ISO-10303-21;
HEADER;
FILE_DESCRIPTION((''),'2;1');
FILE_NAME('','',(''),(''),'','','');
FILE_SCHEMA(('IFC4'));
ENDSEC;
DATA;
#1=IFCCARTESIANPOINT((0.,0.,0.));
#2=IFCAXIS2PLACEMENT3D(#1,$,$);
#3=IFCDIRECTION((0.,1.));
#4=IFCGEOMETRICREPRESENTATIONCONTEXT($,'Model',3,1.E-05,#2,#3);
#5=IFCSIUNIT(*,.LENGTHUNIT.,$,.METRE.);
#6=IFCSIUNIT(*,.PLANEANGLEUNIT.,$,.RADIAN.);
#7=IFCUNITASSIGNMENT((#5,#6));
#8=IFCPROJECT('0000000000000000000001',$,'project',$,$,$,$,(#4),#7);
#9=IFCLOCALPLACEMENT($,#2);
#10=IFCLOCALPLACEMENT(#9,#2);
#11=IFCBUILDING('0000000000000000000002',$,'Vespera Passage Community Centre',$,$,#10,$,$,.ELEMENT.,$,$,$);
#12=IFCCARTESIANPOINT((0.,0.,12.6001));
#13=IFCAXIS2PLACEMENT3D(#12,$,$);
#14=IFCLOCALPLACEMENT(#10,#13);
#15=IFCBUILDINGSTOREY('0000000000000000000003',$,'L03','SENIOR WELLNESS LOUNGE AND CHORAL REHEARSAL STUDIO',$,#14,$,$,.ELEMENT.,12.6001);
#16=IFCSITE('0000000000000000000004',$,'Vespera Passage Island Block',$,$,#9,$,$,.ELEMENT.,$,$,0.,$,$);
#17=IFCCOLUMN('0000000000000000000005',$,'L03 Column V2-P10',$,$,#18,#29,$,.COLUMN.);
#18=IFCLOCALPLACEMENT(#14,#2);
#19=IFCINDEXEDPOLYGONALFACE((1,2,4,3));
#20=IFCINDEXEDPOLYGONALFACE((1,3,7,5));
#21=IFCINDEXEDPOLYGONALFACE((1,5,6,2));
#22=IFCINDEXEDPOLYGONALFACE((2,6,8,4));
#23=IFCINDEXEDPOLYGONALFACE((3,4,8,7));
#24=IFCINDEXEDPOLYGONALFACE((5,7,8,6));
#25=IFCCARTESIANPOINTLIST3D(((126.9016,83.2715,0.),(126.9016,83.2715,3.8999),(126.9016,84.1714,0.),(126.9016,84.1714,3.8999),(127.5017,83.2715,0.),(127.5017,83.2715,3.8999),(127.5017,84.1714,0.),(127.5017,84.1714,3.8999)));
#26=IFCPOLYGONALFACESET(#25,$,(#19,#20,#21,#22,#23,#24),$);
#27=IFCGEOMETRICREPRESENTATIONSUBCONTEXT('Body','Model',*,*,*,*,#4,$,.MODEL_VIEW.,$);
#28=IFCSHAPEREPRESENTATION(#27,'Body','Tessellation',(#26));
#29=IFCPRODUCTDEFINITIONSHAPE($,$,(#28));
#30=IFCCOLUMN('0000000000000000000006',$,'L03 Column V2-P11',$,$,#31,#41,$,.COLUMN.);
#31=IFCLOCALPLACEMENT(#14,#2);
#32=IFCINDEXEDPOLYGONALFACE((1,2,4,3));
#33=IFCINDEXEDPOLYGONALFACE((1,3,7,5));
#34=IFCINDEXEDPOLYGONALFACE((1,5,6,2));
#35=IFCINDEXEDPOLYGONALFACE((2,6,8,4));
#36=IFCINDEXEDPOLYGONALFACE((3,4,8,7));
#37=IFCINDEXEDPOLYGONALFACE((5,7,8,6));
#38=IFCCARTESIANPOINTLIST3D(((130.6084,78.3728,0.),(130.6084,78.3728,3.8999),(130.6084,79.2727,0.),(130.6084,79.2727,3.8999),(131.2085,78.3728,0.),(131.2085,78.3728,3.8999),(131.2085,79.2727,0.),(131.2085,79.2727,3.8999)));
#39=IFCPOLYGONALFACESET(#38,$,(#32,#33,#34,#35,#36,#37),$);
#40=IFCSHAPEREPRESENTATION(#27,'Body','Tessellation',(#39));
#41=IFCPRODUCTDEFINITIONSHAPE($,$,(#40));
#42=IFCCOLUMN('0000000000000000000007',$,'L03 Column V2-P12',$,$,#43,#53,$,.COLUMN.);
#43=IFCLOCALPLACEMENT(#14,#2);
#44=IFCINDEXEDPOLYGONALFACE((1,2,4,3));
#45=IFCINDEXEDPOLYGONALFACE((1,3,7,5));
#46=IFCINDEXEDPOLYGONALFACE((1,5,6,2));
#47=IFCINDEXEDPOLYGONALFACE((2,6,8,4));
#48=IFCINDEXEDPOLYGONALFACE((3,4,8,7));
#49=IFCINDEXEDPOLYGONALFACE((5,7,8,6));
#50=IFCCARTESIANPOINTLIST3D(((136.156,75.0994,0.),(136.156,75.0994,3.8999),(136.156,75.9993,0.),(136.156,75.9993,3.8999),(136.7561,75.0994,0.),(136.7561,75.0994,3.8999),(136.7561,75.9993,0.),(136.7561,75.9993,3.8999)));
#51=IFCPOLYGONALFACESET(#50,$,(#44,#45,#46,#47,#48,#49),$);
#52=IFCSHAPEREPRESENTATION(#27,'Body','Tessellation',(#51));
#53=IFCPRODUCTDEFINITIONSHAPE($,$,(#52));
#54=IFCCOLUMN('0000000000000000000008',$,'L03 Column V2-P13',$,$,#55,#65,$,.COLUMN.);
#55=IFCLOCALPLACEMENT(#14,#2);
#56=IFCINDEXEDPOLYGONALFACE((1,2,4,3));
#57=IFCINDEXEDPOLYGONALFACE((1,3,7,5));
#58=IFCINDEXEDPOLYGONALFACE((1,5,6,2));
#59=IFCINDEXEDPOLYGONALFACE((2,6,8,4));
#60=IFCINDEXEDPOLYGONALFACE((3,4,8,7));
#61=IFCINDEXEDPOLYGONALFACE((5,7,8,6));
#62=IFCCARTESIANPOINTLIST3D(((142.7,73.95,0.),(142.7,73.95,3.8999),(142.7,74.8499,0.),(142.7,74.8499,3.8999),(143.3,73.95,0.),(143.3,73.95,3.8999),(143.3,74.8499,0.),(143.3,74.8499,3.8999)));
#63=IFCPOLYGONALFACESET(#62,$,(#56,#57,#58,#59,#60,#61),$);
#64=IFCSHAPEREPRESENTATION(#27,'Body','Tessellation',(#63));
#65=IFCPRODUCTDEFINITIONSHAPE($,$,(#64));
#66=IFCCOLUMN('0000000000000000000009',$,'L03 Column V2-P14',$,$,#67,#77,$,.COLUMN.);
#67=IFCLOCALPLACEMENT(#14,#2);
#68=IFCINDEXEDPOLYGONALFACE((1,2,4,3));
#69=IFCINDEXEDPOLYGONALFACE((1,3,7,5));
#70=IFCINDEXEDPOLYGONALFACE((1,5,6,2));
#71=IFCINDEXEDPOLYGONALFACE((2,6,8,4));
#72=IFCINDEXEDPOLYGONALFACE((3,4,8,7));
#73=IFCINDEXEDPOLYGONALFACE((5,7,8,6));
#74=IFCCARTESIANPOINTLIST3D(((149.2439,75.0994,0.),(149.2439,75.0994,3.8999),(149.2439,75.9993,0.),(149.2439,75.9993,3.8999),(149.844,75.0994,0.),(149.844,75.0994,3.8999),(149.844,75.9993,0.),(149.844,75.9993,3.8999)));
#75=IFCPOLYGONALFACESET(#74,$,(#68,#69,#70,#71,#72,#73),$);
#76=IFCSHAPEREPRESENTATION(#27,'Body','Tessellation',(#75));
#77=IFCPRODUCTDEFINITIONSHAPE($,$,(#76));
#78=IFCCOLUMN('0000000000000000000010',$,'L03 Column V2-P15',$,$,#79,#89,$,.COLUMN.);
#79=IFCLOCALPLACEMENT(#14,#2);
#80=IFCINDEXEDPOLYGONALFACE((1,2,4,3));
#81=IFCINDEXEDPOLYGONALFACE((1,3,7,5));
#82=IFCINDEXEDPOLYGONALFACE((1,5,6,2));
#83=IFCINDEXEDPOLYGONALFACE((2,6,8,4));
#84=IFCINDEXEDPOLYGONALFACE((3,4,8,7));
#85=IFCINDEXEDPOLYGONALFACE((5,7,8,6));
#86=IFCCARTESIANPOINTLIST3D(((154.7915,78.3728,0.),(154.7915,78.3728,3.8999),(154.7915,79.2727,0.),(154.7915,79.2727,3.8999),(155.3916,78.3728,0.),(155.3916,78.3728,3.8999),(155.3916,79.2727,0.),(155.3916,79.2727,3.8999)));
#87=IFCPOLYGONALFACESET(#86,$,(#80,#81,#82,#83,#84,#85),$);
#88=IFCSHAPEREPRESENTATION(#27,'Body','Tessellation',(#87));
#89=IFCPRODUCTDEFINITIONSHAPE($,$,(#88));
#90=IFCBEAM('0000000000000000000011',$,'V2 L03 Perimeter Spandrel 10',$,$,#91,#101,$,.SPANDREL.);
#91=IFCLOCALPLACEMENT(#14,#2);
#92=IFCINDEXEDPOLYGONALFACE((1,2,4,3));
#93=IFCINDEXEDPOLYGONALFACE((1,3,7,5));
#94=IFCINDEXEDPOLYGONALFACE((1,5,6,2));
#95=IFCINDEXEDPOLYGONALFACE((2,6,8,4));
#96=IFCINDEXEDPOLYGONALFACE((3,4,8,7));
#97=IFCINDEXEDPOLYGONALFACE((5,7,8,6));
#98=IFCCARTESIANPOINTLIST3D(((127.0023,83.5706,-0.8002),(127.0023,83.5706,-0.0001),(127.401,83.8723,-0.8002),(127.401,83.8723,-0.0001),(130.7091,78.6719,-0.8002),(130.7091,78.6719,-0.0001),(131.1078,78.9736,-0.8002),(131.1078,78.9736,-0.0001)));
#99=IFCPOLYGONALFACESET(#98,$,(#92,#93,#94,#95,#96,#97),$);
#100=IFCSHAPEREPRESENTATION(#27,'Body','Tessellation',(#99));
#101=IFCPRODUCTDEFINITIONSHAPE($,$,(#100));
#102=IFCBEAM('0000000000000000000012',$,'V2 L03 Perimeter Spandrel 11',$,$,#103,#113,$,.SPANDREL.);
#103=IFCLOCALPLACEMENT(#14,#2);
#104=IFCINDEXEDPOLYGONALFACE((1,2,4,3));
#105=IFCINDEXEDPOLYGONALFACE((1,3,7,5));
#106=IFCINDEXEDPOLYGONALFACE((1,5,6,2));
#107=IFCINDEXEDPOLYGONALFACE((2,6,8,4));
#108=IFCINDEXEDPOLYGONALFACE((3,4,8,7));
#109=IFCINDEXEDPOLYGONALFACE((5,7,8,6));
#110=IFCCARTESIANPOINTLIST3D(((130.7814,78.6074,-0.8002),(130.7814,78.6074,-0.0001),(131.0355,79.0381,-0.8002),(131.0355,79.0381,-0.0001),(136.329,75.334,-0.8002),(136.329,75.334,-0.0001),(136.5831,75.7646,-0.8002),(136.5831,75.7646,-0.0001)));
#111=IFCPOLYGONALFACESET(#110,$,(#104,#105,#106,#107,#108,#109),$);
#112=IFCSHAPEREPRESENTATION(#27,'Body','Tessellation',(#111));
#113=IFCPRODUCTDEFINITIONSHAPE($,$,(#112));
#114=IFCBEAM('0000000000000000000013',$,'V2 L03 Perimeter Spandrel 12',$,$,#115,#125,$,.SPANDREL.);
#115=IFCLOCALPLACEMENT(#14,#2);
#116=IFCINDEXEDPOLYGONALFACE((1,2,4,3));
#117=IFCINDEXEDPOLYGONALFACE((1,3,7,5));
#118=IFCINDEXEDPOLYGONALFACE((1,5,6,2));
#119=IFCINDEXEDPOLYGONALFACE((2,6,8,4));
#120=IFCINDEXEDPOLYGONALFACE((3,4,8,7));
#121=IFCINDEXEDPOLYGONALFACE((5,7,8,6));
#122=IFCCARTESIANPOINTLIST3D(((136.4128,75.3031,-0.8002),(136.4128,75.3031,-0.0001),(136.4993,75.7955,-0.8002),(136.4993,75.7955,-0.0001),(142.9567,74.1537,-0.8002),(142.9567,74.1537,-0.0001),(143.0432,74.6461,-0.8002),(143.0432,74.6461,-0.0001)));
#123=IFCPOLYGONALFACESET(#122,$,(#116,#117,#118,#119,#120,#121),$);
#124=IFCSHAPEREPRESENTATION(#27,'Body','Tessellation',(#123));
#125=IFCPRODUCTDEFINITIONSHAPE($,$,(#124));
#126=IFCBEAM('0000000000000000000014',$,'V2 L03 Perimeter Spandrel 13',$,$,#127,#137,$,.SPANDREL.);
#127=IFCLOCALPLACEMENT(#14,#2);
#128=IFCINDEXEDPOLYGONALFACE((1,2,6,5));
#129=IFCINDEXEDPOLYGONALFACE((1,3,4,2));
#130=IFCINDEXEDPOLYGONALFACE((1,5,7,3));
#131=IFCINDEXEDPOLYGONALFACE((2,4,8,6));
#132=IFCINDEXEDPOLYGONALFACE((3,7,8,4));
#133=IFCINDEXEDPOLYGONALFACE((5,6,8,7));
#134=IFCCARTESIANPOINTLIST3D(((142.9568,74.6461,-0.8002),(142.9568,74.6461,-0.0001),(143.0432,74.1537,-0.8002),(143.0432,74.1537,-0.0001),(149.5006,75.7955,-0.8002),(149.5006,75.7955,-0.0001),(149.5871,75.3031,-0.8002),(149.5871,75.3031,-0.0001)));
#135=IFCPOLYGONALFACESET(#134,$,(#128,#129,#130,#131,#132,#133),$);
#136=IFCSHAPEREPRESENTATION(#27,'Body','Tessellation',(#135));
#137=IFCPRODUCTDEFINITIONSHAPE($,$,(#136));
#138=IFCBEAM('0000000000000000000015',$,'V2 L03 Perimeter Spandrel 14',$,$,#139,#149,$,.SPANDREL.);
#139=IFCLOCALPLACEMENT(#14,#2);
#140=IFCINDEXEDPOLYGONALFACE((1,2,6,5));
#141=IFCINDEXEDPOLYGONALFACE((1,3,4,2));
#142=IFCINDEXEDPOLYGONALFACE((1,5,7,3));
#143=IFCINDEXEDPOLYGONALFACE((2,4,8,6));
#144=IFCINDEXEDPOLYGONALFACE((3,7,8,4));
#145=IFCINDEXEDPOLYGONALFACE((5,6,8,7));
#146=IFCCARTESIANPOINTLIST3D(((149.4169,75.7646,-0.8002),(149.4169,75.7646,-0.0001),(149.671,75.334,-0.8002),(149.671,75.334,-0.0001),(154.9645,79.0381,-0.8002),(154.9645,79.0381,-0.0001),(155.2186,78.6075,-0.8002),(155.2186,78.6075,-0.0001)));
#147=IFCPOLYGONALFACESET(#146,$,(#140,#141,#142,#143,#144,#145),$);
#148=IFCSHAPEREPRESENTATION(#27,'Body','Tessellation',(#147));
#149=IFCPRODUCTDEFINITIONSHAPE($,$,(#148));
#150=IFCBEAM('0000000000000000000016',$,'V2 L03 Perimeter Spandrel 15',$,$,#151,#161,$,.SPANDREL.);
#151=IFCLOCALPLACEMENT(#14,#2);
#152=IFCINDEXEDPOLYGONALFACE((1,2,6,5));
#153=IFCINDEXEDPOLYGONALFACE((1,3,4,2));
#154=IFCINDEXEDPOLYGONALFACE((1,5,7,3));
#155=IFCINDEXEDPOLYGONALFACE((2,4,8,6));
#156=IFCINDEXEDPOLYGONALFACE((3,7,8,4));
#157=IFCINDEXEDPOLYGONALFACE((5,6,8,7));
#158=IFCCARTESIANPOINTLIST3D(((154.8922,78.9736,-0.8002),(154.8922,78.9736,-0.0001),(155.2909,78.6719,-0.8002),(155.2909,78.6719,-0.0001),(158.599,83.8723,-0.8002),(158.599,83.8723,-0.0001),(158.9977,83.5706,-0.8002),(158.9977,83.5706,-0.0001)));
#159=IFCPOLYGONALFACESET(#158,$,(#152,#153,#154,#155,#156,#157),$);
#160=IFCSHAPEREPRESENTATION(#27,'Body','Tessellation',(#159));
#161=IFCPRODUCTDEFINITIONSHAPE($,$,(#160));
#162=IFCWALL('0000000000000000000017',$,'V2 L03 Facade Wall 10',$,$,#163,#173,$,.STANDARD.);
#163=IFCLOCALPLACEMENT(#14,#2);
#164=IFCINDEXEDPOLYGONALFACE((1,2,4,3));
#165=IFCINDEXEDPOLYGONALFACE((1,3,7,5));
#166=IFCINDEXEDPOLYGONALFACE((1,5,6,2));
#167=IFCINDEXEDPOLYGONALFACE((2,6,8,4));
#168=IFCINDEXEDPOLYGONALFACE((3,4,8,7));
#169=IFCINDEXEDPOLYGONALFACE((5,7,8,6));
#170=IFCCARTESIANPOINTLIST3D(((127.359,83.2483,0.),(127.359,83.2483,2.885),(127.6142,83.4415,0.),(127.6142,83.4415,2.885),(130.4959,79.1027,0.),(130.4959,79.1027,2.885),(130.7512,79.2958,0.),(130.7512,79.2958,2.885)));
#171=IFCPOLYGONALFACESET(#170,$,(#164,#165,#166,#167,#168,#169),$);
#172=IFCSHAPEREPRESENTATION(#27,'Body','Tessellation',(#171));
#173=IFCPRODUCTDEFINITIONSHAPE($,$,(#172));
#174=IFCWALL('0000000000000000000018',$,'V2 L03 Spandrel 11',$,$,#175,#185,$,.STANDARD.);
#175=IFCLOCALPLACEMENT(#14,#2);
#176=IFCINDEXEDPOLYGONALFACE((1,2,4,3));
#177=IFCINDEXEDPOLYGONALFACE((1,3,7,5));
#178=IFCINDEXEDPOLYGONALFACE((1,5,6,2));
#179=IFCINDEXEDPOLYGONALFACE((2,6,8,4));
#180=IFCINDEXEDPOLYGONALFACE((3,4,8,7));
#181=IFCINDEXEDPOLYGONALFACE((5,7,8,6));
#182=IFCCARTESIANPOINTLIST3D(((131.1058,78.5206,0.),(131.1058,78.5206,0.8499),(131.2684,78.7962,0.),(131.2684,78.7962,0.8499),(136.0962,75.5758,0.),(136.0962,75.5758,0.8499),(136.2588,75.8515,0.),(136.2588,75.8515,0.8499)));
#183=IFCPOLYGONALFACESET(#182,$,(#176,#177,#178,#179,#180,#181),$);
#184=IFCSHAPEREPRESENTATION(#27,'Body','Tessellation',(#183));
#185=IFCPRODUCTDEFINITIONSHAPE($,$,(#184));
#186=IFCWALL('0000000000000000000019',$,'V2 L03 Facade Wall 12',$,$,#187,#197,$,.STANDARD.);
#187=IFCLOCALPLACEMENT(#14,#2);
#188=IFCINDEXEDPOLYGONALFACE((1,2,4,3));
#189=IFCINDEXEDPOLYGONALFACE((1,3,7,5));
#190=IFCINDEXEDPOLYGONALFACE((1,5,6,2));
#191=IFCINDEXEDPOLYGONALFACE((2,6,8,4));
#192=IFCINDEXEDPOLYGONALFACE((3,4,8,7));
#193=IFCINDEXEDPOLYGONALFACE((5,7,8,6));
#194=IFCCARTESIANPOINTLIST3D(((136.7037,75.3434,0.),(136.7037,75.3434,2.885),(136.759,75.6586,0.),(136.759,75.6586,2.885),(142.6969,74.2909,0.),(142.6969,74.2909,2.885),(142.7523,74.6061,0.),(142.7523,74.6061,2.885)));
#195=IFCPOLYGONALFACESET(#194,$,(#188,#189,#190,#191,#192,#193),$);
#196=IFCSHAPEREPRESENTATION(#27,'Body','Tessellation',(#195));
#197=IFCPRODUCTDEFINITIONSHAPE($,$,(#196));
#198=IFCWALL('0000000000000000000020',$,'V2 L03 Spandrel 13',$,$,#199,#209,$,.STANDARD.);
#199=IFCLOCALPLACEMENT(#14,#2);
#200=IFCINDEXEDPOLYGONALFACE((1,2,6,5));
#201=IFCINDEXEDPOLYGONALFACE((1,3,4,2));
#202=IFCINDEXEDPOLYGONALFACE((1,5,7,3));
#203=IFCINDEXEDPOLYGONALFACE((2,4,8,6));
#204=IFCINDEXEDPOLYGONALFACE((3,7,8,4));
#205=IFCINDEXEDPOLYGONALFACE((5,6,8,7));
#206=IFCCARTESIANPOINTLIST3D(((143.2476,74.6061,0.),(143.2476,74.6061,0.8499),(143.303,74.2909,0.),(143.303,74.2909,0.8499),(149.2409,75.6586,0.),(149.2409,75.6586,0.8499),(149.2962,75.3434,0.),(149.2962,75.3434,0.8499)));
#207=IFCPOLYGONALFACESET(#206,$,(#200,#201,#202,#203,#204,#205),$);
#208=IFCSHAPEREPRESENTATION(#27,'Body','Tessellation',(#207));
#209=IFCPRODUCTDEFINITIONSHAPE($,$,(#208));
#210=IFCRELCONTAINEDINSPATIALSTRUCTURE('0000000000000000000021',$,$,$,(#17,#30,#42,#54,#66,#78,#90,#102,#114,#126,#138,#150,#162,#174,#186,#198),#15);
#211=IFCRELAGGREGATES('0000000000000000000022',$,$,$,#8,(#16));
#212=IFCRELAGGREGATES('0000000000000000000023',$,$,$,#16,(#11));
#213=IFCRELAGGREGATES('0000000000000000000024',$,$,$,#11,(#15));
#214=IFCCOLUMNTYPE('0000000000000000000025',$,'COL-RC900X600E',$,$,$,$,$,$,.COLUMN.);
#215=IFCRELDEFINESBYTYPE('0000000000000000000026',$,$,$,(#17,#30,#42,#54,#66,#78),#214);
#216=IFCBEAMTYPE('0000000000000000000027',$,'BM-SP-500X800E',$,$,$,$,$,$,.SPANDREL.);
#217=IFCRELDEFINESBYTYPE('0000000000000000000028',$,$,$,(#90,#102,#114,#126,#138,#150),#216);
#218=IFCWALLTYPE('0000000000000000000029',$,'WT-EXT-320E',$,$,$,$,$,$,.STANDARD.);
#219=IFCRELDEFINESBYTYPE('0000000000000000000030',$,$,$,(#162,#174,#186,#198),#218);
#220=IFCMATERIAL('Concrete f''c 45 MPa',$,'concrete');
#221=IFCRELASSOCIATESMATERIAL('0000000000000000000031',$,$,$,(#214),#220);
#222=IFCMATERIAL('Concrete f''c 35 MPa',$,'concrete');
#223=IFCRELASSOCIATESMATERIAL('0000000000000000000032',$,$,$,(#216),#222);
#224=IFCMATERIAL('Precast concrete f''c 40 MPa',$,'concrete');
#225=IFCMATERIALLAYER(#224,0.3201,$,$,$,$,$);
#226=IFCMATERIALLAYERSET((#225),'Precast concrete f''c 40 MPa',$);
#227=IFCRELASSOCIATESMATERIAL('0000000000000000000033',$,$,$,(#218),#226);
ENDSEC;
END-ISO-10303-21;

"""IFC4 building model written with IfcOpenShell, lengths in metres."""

from ifc_helpers import new_model, si_unit, direction, frame, frame_2d, origin, origin_2d, place, context, subcontext, project, spatial, rectangle, extrude, material, layer, layer_set, material_profile, profile_set, type_object, element, save


model = new_model("IFC4")

# Units and contexts
model_context = context("Model", 3, precision=1e-05, world=origin(), true_north=direction((0.0, 1.0)))
body_context = subcontext(model_context, "Body", "Model", "MODEL_VIEW")
ifc_project = project(units=[si_unit("LENGTHUNIT", "METRE"), si_unit("PLANEANGLEUNIT", "RADIAN")], contexts=[model_context])

# Site, building, storey
site_placement = place(None, origin())
site = spatial("IfcSite", under=ifc_project, at=site_placement, Name="Vespera Passage Island Block", CompositionType="ELEMENT", RefElevation=0.0)
building_placement = place(site_placement, origin())
building = spatial("IfcBuilding", under=site, at=building_placement, Name="Vespera Passage Community Centre", CompositionType="ELEMENT")
storey_placement = place(building_placement, frame((0.0, 0.0, 12.6001)))
storey = spatial("IfcBuildingStorey", under=building, at=storey_placement, Name="L03", Description="SENIOR WELLNESS LOUNGE AND CHORAL REHEARSAL STUDIO", CompositionType="ELEMENT", Elevation=12.6001)

# Columns
ifc_material_1 = material(Name="Concrete f'c 45 MPa", Category="concrete")
ifc_material_profile_1 = material_profile(ifc_material_1, rectangle(XDim=0.6001, YDim=0.8999, at=origin_2d()), Name="RC900X600")
ifc_profile_set_1 = profile_set([ifc_material_profile_1], Name="Concrete f'c 45 MPa")
column_type = type_object("IfcColumnType", Name="COL-RC900X600E", PredefinedType="COLUMN", material=ifc_profile_set_1)
for number, where, z_axis, x_axis, name in (
    (1, (127.2017, 83.7214, 0.0), (0.0, 0.0, 1.0), (1.0, 0.0, 0.0), "L03 Column V2-P10"),
    (2, (130.9084, 78.8228, 0.0), (0.0, 0.0, 1.0), (1.0, 0.0, 0.0), "L03 Column V2-P11"),
    (3, (136.4561, 75.5493, 0.0), (0.0, 0.0, 1.0), (1.0, 0.0, 0.0), "L03 Column V2-P12"),
    (4, (143.0, 74.3999, 0.0), (0.0, 0.0, 1.0), (1.0, 0.0, 0.0), "L03 Column V2-P13"),
    (5, (149.5439, 75.5493, 0.0), (0.0, 0.0, 1.0), (1.0, 0.0, 0.0), "L03 Column V2-P14"),
    (6, (155.0916, 78.8228, 0.0), (0.0, 0.0, 1.0), (1.0, 0.0, 0.0), "L03 Column V2-P15"),
):
    element("IfcColumn", number, at=place(storey_placement, frame(where, z_axis=z_axis, x_axis=x_axis)), inside=storey, type_object=column_type, Name=name, PredefinedType="COLUMN", context=body_context, shape_type="SweptSolid", body=[
        extrude(rectangle(XDim=0.6001, YDim=0.8999, at=origin_2d()), origin(), (0.0, 0.0, 1.0), 3.8999),
    ])

# Beams
ifc_material_2 = material(Name="Concrete f'c 35 MPa", Category="concrete")
ifc_material_profile_2 = material_profile(ifc_material_2, rectangle(XDim=0.5, YDim=0.8, at=origin_2d()), Name="RC500X800")
ifc_profile_set_2 = profile_set([ifc_material_profile_2], Name="Concrete f'c 35 MPa")
beam_type = type_object("IfcBeamType", Name="BM-SP-500X800E", PredefinedType="SPANDREL", material=ifc_profile_set_2)
beam_1_placement = place(storey_placement, frame((127.2017, 83.7214, -0.4001), z_axis=(0.603409, -0.797432, 0.0), x_axis=(0.797432, 0.603409, 0.0)))
element("IfcBeam", 7, at=beam_1_placement, inside=storey, type_object=beam_type, Name="V2 L03 Perimeter Spandrel 10", PredefinedType="SPANDREL", context=body_context, shape_type="SweptSolid", body=[
    extrude(rectangle(XDim=0.5, YDim=0.8, at=origin_2d()), origin(), (0.0, 0.0, 1.0), 6.1431),
])
beam_2_placement = place(storey_placement, frame((130.9084, 78.8228, -0.4001), z_axis=(0.861246, -0.508189, 0.0), x_axis=(0.508189, 0.861246, 0.0)))
element("IfcBeam", 8, at=beam_2_placement, inside=storey, type_object=beam_type, Name="V2 L03 Perimeter Spandrel 11", PredefinedType="SPANDREL", context=body_context, shape_type="SweptSolid", body=[
    extrude(rectangle(XDim=0.5, YDim=0.8, at=origin_2d()), origin(), (0.0, 0.0, 1.0), 6.4414),
])
for number, where, z_axis, x_axis, name in (
    (9, (136.4561, 75.5493, -0.4001), (0.984922, -0.172997, 0.0), (0.172997, 0.984922, 0.0), "V2 L03 Perimeter Spandrel 12"),
    (10, (143.0, 74.3999, -0.4001), (0.984922, 0.172997, 0.0), (-0.172997, 0.984922, 0.0), "V2 L03 Perimeter Spandrel 13"),
):
    element("IfcBeam", number, at=place(storey_placement, frame(where, z_axis=z_axis, x_axis=x_axis)), inside=storey, type_object=beam_type, Name=name, PredefinedType="SPANDREL", context=body_context, shape_type="SweptSolid", body=[
        extrude(rectangle(XDim=0.5, YDim=0.8, at=origin_2d()), origin(), (0.0, 0.0, 1.0), 6.644),
    ])
beam_3_placement = place(storey_placement, frame((149.5439, 75.5493, -0.4001), z_axis=(0.861246, 0.508189, 0.0), x_axis=(-0.508189, 0.861246, 0.0)))
element("IfcBeam", 11, at=beam_3_placement, inside=storey, type_object=beam_type, Name="V2 L03 Perimeter Spandrel 14", PredefinedType="SPANDREL", context=body_context, shape_type="SweptSolid", body=[
    extrude(rectangle(XDim=0.5, YDim=0.8, at=origin_2d()), origin(), (0.0, 0.0, 1.0), 6.4414),
])
beam_4_placement = place(storey_placement, frame((155.0916, 78.8228, -0.4001), z_axis=(0.603409, 0.797432, 0.0), x_axis=(-0.797432, 0.603409, 0.0)))
element("IfcBeam", 12, at=beam_4_placement, inside=storey, type_object=beam_type, Name="V2 L03 Perimeter Spandrel 15", PredefinedType="SPANDREL", context=body_context, shape_type="SweptSolid", body=[
    extrude(rectangle(XDim=0.5, YDim=0.8, at=origin_2d()), origin(), (0.0, 0.0, 1.0), 6.1431),
])

# Walls
ifc_material_3 = material(Name="Precast concrete f'c 40 MPa", Category="concrete")
ifc_layer_1 = layer(ifc_material_3, 0.3201)
ifc_layer_set_1 = layer_set([ifc_layer_1], Name="Precast concrete f'c 40 MPa")
wall_type = type_object("IfcWallType", Name="WT-EXT-320E", PredefinedType="STANDARD", material=ifc_layer_set_1)
wall_1_placement = place(storey_placement, frame((130.6235, 79.1992, 0.0), z_axis=(0.0, 0.0, 1.0), x_axis=(-0.603398, 0.79744, 0.0)))
element("IfcWall", 13, at=wall_1_placement, inside=storey, type_object=wall_type, Name="V2 L03 Facade Wall 10", PredefinedType="STANDARD", context=body_context, shape_type="SweptSolid", body=[
    extrude(rectangle(XDim=5.1987, YDim=0.3201, at=frame_2d((2.5994, 0.0))), origin(), (0.0, 0.0, 1.0), 2.885),
])
wall_2_placement = place(storey_placement, frame((136.1775, 75.7136, 0.0), z_axis=(0.0, 0.0, 1.0), x_axis=(-0.861236, 0.508205, 0.0)))
element("IfcWall", 14, at=wall_2_placement, inside=storey, type_object=wall_type, Name="V2 L03 Spandrel 11", PredefinedType="STANDARD", context=body_context, shape_type="SweptSolid", body=[
    extrude(rectangle(XDim=5.7944, YDim=0.3201, at=frame_2d((2.8972, 0.0))), origin(), (0.0, 0.0, 1.0), 0.8499),
])
wall_3_placement = place(storey_placement, frame((142.7246, 74.4485, 0.0), z_axis=(0.0, 0.0, 1.0), x_axis=(-0.984927, 0.172968, 0.0)))
element("IfcWall", 15, at=wall_3_placement, inside=storey, type_object=wall_type, Name="V2 L03 Facade Wall 12", PredefinedType="STANDARD", context=body_context, shape_type="SweptSolid", body=[
    extrude(rectangle(XDim=6.085, YDim=0.3201, at=frame_2d((3.0425, 0.0))), origin(), (0.0, 0.0, 1.0), 2.885),
])
wall_4_placement = place(storey_placement, frame((149.2686, 75.501, 0.0), z_axis=(0.0, 0.0, 1.0), x_axis=(-0.984927, -0.172968, 0.0)))
element("IfcWall", 16, at=wall_4_placement, inside=storey, type_object=wall_type, Name="V2 L03 Spandrel 13", PredefinedType="STANDARD", context=body_context, shape_type="SweptSolid", body=[
    extrude(rectangle(XDim=6.085, YDim=0.3201, at=frame_2d((3.0425, 0.0))), origin(), (0.0, 0.0, 1.0), 0.8499),
])

save(model, "model.ifc")
